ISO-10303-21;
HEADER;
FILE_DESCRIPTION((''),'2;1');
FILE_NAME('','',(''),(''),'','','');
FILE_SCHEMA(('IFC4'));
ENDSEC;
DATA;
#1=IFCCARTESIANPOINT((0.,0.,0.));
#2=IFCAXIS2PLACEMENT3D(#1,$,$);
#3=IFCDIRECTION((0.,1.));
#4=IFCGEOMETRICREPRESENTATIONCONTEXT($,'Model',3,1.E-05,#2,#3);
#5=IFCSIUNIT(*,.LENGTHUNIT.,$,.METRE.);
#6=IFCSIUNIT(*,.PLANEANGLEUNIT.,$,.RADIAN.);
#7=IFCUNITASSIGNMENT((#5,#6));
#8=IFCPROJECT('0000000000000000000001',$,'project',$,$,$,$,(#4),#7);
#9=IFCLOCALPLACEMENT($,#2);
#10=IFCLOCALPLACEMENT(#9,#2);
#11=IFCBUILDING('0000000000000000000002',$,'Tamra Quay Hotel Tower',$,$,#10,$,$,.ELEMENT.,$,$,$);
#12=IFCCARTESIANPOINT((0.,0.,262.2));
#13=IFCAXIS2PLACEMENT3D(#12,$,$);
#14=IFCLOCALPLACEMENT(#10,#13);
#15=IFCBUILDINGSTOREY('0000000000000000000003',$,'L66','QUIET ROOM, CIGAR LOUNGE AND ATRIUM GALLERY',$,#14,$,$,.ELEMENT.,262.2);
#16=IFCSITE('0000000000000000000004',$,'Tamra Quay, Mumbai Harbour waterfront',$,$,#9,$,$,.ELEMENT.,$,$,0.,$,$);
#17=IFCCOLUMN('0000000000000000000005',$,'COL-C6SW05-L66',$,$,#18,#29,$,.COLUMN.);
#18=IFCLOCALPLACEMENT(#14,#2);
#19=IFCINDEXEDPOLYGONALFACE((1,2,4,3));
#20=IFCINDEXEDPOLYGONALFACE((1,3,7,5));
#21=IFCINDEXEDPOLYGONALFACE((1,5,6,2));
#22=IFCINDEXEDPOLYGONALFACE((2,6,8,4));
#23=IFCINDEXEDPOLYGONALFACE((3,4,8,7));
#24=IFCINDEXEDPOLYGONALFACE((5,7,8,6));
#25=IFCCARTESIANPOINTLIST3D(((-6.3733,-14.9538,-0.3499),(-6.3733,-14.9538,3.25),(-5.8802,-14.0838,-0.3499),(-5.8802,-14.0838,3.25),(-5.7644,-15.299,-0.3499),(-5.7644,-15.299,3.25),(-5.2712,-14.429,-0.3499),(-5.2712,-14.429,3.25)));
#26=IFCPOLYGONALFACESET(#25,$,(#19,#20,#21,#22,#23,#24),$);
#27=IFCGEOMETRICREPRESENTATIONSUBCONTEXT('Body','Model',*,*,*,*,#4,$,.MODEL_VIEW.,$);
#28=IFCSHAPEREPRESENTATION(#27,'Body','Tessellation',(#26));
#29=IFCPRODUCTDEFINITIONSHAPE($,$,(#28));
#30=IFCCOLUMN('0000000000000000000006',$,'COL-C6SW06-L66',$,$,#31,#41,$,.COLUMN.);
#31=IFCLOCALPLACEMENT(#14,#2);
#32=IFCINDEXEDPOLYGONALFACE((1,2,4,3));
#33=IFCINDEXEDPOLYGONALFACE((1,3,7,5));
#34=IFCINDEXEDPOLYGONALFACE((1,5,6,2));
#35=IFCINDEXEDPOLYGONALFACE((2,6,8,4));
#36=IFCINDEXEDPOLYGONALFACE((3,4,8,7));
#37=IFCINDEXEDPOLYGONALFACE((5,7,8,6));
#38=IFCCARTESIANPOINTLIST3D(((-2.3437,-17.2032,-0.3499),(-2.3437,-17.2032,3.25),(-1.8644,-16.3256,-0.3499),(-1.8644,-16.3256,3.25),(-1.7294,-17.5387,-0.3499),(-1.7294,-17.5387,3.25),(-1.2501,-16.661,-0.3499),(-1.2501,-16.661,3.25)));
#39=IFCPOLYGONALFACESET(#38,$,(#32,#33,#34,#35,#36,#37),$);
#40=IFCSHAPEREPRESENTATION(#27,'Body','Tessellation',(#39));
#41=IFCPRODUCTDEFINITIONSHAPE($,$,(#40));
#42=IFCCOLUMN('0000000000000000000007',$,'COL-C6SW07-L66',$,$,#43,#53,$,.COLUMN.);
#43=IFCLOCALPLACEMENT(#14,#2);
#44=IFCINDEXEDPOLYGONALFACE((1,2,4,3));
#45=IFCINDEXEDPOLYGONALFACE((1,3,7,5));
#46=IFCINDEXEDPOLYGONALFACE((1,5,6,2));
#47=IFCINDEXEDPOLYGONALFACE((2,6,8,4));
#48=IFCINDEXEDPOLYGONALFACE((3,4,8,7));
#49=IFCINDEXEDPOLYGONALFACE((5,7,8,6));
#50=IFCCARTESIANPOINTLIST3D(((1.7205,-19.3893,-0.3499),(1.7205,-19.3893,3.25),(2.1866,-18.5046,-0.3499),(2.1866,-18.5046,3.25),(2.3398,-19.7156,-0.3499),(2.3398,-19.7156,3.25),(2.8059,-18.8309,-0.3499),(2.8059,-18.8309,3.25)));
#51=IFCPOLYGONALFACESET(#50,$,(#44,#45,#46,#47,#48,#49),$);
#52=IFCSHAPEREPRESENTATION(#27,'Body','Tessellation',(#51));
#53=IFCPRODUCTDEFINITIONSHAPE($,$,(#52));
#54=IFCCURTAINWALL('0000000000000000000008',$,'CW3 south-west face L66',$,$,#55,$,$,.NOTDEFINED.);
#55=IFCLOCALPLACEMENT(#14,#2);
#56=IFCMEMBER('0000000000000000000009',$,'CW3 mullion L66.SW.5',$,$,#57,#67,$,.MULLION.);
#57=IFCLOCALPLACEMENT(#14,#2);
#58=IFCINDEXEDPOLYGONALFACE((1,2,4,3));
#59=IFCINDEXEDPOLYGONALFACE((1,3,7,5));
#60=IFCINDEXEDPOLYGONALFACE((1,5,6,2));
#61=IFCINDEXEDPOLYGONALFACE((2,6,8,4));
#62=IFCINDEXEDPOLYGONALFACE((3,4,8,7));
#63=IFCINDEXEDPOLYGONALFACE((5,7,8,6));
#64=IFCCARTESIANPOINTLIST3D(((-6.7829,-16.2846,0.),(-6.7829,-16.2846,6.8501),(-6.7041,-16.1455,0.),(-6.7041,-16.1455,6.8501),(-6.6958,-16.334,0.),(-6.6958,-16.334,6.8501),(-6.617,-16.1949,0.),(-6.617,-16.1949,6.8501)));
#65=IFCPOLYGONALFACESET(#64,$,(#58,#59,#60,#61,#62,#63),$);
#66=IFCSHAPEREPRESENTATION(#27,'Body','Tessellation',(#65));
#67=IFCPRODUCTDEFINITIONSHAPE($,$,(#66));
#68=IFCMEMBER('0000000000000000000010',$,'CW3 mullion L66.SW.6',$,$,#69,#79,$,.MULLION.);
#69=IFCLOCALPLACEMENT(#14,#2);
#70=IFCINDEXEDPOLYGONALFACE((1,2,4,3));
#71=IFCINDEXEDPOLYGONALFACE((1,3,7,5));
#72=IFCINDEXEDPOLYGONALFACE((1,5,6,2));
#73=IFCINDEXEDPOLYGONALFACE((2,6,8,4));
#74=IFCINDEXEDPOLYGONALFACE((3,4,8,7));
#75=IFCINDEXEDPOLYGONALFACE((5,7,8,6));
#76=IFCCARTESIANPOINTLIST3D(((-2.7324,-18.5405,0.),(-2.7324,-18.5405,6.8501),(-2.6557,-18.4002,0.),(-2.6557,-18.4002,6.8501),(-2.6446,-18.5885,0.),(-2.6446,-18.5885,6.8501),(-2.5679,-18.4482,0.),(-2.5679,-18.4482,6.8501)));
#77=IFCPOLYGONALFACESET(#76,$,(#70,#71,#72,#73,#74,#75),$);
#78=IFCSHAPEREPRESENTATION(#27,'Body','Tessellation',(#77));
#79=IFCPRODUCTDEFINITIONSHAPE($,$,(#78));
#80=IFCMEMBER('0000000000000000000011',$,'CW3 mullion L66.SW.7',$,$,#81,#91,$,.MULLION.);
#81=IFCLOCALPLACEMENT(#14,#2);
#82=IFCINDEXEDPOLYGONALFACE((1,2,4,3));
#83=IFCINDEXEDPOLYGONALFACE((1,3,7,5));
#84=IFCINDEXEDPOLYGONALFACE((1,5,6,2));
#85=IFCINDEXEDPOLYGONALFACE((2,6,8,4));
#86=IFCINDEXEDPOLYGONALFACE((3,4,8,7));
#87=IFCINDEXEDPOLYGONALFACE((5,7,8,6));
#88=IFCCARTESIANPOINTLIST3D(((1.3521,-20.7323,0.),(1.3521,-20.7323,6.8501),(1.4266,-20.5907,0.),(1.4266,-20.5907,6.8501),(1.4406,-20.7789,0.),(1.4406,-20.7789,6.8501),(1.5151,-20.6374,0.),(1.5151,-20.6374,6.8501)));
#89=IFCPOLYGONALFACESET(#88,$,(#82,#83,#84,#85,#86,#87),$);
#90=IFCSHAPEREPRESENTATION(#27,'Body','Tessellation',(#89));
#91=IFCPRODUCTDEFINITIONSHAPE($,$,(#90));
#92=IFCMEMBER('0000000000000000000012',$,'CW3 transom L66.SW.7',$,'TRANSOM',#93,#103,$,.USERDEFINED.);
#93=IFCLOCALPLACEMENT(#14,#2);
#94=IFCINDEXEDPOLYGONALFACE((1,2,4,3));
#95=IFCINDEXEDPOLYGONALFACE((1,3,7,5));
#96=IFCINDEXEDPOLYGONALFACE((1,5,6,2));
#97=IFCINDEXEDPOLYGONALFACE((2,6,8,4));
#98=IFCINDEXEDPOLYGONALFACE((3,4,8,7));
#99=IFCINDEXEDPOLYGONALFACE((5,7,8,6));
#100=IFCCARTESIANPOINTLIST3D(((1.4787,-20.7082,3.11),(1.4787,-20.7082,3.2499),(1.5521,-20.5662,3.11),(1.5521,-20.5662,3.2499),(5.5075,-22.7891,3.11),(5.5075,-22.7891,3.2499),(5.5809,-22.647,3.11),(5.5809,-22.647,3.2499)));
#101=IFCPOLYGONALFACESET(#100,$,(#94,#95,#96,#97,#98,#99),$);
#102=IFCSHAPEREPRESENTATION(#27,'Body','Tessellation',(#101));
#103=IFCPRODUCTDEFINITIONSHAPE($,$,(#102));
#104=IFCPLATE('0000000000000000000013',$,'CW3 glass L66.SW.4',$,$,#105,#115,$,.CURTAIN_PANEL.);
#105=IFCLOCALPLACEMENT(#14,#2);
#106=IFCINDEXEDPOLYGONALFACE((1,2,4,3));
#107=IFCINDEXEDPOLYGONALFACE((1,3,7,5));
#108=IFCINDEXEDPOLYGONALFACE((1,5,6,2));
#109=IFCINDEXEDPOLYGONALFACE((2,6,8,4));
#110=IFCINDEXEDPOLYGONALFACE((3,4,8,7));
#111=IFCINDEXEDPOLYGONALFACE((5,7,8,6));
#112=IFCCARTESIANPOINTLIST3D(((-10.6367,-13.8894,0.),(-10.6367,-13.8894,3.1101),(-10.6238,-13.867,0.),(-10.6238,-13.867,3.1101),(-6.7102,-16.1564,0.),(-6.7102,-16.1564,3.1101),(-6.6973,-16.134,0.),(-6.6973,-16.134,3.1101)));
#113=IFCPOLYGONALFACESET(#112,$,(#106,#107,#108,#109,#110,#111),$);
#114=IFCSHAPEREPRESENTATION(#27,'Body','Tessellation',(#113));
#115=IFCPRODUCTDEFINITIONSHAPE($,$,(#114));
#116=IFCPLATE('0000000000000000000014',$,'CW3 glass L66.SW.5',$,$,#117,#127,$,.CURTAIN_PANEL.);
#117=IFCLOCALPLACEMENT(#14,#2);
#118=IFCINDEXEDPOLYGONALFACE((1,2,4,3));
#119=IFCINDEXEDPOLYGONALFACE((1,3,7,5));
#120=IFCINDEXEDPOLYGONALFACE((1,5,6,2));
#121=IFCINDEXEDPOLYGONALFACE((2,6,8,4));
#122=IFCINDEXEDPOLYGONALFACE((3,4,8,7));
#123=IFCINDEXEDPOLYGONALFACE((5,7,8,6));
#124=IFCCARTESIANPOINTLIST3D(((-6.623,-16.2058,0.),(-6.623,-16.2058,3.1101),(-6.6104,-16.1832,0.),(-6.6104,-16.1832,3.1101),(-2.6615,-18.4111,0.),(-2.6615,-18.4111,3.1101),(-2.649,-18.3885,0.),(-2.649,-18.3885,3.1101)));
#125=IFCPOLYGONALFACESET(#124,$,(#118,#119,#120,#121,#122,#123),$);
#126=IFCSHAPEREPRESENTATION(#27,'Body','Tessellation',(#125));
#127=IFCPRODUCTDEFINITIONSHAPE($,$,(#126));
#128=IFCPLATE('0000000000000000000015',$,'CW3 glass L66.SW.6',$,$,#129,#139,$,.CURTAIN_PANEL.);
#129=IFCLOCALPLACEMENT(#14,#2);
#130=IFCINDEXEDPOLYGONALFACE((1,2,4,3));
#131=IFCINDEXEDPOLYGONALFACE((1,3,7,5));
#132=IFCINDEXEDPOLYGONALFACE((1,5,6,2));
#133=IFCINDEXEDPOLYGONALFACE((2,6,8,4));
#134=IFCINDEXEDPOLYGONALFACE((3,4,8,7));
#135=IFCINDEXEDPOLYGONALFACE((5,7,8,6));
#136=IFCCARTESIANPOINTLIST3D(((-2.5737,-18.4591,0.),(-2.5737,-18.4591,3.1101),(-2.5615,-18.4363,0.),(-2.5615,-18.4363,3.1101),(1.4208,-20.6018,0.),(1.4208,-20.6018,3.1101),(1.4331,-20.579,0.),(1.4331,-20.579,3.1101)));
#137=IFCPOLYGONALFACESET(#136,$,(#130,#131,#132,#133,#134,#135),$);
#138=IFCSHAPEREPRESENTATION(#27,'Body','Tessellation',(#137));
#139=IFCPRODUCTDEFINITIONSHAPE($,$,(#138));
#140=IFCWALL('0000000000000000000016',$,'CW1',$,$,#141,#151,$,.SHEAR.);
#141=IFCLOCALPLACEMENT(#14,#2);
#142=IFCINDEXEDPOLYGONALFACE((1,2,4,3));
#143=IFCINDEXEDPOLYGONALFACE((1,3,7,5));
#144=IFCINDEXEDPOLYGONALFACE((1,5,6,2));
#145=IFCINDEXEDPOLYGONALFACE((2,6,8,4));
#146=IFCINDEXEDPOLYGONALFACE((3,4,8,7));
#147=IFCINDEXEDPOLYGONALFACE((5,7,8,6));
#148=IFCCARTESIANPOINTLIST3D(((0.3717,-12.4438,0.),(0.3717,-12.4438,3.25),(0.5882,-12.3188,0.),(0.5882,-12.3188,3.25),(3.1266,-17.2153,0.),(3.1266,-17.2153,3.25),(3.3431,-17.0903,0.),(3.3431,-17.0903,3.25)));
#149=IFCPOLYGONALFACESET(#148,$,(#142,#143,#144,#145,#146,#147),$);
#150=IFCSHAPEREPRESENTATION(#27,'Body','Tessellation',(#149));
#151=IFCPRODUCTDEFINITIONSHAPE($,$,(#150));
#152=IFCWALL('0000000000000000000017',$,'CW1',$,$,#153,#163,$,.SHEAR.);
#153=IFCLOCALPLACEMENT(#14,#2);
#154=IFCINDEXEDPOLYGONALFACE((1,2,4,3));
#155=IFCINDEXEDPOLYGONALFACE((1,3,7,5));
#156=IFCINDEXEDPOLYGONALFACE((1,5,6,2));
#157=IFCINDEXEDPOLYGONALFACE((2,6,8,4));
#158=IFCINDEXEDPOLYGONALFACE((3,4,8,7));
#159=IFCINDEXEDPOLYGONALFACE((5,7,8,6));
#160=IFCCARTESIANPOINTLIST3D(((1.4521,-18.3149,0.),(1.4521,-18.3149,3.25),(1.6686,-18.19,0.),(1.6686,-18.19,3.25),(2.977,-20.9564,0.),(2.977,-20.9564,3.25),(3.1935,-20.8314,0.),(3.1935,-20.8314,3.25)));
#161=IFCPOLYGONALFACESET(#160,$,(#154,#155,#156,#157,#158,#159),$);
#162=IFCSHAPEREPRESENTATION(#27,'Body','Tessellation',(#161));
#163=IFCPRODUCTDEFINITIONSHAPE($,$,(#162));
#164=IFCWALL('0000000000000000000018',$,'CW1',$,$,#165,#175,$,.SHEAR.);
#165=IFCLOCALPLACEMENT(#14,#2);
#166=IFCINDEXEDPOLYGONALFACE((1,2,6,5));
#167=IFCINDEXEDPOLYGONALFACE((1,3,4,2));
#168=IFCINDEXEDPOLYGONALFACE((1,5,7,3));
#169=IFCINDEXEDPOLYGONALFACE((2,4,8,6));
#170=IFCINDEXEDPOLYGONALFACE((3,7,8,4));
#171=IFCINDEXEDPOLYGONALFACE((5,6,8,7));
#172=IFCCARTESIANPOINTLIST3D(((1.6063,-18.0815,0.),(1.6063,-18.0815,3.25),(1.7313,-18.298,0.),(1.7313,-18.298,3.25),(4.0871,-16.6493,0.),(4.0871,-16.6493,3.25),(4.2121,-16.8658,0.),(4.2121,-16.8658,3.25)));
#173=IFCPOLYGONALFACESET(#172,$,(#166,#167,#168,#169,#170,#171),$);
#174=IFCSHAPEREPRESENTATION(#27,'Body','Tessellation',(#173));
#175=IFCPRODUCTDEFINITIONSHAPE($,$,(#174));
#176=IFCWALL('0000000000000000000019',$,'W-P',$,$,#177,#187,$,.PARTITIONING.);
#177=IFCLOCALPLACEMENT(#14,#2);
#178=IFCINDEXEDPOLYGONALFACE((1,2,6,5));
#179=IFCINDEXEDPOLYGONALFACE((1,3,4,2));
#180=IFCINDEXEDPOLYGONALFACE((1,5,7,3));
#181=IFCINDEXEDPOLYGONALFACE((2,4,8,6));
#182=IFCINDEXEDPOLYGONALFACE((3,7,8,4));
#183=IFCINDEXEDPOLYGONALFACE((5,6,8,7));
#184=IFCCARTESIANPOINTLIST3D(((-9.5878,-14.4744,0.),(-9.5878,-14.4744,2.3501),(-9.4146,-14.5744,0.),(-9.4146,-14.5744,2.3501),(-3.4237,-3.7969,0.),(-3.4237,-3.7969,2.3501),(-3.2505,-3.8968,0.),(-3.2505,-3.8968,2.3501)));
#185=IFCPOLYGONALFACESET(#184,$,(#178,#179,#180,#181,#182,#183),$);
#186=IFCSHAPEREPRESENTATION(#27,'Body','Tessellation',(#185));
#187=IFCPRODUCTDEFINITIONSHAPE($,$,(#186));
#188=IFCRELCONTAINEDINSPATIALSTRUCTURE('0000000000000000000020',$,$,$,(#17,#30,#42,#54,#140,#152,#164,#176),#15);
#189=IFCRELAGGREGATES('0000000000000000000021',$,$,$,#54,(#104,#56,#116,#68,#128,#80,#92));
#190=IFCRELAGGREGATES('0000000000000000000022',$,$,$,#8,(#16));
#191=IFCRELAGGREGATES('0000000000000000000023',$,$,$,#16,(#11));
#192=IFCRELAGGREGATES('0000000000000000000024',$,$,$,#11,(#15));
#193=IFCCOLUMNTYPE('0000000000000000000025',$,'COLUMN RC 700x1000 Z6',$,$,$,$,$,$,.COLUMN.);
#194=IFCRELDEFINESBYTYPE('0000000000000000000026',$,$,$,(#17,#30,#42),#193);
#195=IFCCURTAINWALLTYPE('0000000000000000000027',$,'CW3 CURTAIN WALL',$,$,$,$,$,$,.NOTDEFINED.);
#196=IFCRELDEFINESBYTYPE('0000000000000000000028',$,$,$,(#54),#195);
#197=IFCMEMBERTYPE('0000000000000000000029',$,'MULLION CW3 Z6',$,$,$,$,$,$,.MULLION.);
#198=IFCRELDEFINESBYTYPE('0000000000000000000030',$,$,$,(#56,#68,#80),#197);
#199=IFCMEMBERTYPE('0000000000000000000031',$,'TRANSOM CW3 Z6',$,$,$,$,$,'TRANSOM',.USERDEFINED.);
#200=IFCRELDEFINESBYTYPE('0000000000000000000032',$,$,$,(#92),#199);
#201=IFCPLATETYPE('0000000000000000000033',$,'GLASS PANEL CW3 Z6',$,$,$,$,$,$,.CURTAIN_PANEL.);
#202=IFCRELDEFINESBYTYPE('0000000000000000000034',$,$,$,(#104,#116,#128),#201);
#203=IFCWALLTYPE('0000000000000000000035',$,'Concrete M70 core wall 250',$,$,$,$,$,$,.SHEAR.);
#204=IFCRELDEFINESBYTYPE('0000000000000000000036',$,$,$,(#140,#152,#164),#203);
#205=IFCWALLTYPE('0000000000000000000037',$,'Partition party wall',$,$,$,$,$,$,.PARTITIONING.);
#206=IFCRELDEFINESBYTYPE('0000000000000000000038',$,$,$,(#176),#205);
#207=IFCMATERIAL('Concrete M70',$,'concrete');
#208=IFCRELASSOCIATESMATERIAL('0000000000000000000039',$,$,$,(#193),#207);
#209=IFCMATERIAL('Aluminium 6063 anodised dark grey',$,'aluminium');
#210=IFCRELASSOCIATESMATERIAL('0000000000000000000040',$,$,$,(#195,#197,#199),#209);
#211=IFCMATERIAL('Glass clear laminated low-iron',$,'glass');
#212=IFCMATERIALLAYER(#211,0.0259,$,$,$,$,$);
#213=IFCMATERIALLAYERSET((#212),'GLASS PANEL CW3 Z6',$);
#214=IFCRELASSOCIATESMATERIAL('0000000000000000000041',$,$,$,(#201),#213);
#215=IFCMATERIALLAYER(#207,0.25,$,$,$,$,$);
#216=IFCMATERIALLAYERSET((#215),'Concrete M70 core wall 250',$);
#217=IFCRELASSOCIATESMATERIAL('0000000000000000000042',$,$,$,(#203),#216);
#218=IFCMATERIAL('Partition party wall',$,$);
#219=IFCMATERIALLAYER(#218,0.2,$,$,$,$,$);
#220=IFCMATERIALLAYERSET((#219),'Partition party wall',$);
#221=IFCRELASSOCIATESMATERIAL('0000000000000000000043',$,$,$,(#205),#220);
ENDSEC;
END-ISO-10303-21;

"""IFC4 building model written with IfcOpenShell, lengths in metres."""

from ifc_helpers import new_model, si_unit, direction, frame, frame_2d, origin, origin_2d, place, context, subcontext, project, spatial, rectangle, extrude, material, layer, layer_set, material_profile, profile_set, type_object, element, aggregate, save


model = new_model("IFC4")

# Units and contexts
model_context = context("Model", 3, precision=1e-05, world=origin(), true_north=direction((0.0, 1.0)))
body_context = subcontext(model_context, "Body", "Model", "MODEL_VIEW")
ifc_project = project(units=[si_unit("LENGTHUNIT", "METRE"), si_unit("PLANEANGLEUNIT", "RADIAN")], contexts=[model_context])

# Site, building, storey
site_placement = place(None, origin())
site = spatial("IfcSite", under=ifc_project, at=site_placement, Name="Tamra Quay, Mumbai Harbour waterfront", CompositionType="ELEMENT", RefElevation=0.0)
building_placement = place(site_placement, origin())
building = spatial("IfcBuilding", under=site, at=building_placement, Name="Tamra Quay Hotel Tower", CompositionType="ELEMENT")
storey_placement = place(building_placement, frame((0.0, 0.0, 262.2)))
storey = spatial("IfcBuildingStorey", under=building, at=storey_placement, Name="L66", Description="QUIET ROOM, CIGAR LOUNGE AND ATRIUM GALLERY", CompositionType="ELEMENT", Elevation=262.2)

# Columns
ifc_material_1 = material(Name="Concrete M70", Category="concrete")
ifc_material_profile_1 = material_profile(ifc_material_1, rectangle(XDim=1.0, YDim=0.7, at=origin_2d()), Name="COLUMN RC 700x1000 Z6")
ifc_profile_set_1 = profile_set([ifc_material_profile_1], Name="Concrete M70")
column_type = type_object("IfcColumnType", Name="COLUMN RC 700x1000 Z6", PredefinedType="COLUMN", material=ifc_profile_set_1)
for number, where, z_axis, x_axis, name in (
    (1, (-5.8223, -14.6914, -0.3499), (0.0, 0.0, 1.0), (0.493125, 0.869958, 0.0), "COL-C6SW05-L66"),
    (2, (-1.7969, -16.9321, -0.3499), (0.0, 0.0, 1.0), (0.479288, 0.877658, 0.0), "COL-C6SW06-L66"),
    (3, (2.2632, -19.1101, -0.3499), (0.0, 0.0, 1.0), (0.466118, 0.884723, 0.0), "COL-C6SW07-L66"),
):
    element("IfcColumn", number, at=place(storey_placement, frame(where, z_axis=z_axis, x_axis=x_axis)), inside=storey, type_object=column_type, Name=name, PredefinedType="COLUMN", context=body_context, shape_type="SweptSolid", body=[
        extrude(rectangle(XDim=1.0, YDim=0.7, at=origin_2d()), origin(), (0.0, 0.0, 1.0), 3.5999),
    ])

# Curtain wall, members, plates
ifc_material_2 = material(Name="Aluminium 6063 anodised dark grey", Category="aluminium")
curtain_wall_type = type_object("IfcCurtainWallType", Name="CW3 CURTAIN WALL", PredefinedType="NOTDEFINED", material=ifc_material_2)
curtain_wall_placement = place(storey_placement, origin())
curtain_wall = element("IfcCurtainWall", 4, at=curtain_wall_placement, inside=storey, type_object=curtain_wall_type, Name="CW3 south-west face L66", PredefinedType="NOTDEFINED")
ifc_material_profile_2 = material_profile(ifc_material_2, rectangle(XDim=0.1599, YDim=0.1001, at=origin_2d()), Name="MULLION 100X160")
ifc_profile_set_2 = profile_set([ifc_material_profile_2], Name="Aluminium 6063 anodised dark grey")
member_type_1 = type_object("IfcMemberType", Name="MULLION CW3 Z6", PredefinedType="MULLION", material=ifc_profile_set_2)
member_1_placement = place(storey_placement, frame((-6.7, -16.2397, 0.0), z_axis=(0.0, 0.0, 1.0), x_axis=(-0.493215, -0.869907, 0.0)))
member_1 = element("IfcMember", 5, at=member_1_placement, type_object=member_type_1, Name="CW3 mullion L66.SW.5", PredefinedType="MULLION", context=body_context, shape_type="SweptSolid", body=[
    extrude(rectangle(XDim=0.1599, YDim=0.1001, at=origin_2d()), origin(), (0.0, 0.0, 1.0), 6.8501),
])
member_2_placement = place(storey_placement, frame((-2.6501, -18.4944, 0.0), z_axis=(0.0, 0.0, 1.0), x_axis=(-0.479565, -0.877506, 0.0)))
member_2 = element("IfcMember", 6, at=member_2_placement, type_object=member_type_1, Name="CW3 mullion L66.SW.6", PredefinedType="MULLION", context=body_context, shape_type="SweptSolid", body=[
    extrude(rectangle(XDim=0.1599, YDim=0.1001, at=origin_2d()), origin(), (0.0, 0.0, 1.0), 6.8501),
])
member_3_placement = place(storey_placement, frame((1.4336, -20.6848, 0.0), z_axis=(0.0, 0.0, 1.0), x_axis=(-0.465816, -0.884882, 0.0)))
member_3 = element("IfcMember", 7, at=member_3_placement, type_object=member_type_1, Name="CW3 mullion L66.SW.7", PredefinedType="MULLION", context=body_context, shape_type="SweptSolid", body=[
    extrude(rectangle(XDim=0.1599, YDim=0.1001, at=origin_2d()), origin(), (0.0, 0.0, 1.0), 6.8501),
])
ifc_material_profile_3 = material_profile(ifc_material_2, rectangle(XDim=0.1599, YDim=0.1399, at=origin_2d()), Name="TRANSOM 160X140")
ifc_profile_set_3 = profile_set([ifc_material_profile_3], Name="Aluminium 6063 anodised dark grey")
member_type_2 = type_object("IfcMemberType", Name="TRANSOM CW3 Z6", ElementType="TRANSOM", PredefinedType="USERDEFINED", material=ifc_profile_set_3)
member_4_placement = place(storey_placement, frame((1.5154, -20.6372, 3.1799), z_axis=(0.888492, -0.458891, 0.0), x_axis=(0.458891, 0.888492, 0.0)))
member_4 = element("IfcMember", 8, at=member_4_placement, type_object=member_type_2, Name="CW3 transom L66.SW.7", ObjectType="TRANSOM", PredefinedType="USERDEFINED", context=body_context, shape_type="SweptSolid", body=[
    extrude(rectangle(XDim=0.1599, YDim=0.1399, at=origin_2d()), origin(), (0.0, 0.0, 1.0), 4.5344),
])
ifc_material_3 = material(Name="Glass clear laminated low-iron", Category="glass")
ifc_layer_1 = layer(ifc_material_3, 0.0259)
ifc_layer_set_1 = layer_set([ifc_layer_1], Name="GLASS PANEL CW3 Z6")
plate_type = type_object("IfcPlateType", Name="GLASS PANEL CW3 Z6", PredefinedType="CURTAIN_PANEL", material=ifc_layer_set_1)
plate_1_placement = place(storey_placement, frame((-8.667, -15.0117, 0.0), z_axis=(0.0, 0.0, 1.0), x_axis=(0.866025, -0.5, 0.0)))
plate_1 = element("IfcPlate", 9, at=plate_1_placement, type_object=plate_type, Name="CW3 glass L66.SW.4", PredefinedType="CURTAIN_PANEL", context=body_context, shape_type="SweptSolid", body=[
    extrude(rectangle(XDim=4.5339, YDim=0.0259, at=origin_2d()), origin(), (0.0, 0.0, 1.0), 3.1101),
])
plate_2_placement = place(storey_placement, frame((-4.636, -17.2971, 0.0), z_axis=(0.0, 0.0, 1.0), x_axis=(0.873736, -0.486401, 0.0)))
plate_2 = element("IfcPlate", 10, at=plate_2_placement, type_object=plate_type, Name="CW3 glass L66.SW.5", PredefinedType="CURTAIN_PANEL", context=body_context, shape_type="SweptSolid", body=[
    extrude(rectangle(XDim=4.5339, YDim=0.0259, at=origin_2d()), origin(), (0.0, 0.0, 1.0), 3.1101),
])
plate_3_placement = place(storey_placement, frame((-0.5703, -19.519, 0.0), z_axis=(0.0, 0.0, 1.0), x_axis=(0.881224, -0.4727, 0.0)))
plate_3 = element("IfcPlate", 11, at=plate_3_placement, type_object=plate_type, Name="CW3 glass L66.SW.6", PredefinedType="CURTAIN_PANEL", context=body_context, shape_type="SweptSolid", body=[
    extrude(rectangle(XDim=4.533, YDim=0.0259, at=origin_2d()), origin(), (0.0, 0.0, 1.0), 3.1101),
])
aggregate(curtain_wall, [plate_1, member_1, plate_2, member_2, plate_3, member_3, member_4])

# Walls
ifc_layer_2 = layer(ifc_material_1, 0.25)
ifc_layer_set_2 = layer_set([ifc_layer_2], Name="Concrete M70 core wall 250")
wall_type_1 = type_object("IfcWallType", Name="Concrete M70 core wall 250", PredefinedType="SHEAR", material=ifc_layer_set_2)
wall_1_placement = place(storey_placement, frame((3.2349, -17.1528, 0.0), z_axis=(0.0, 0.0, 1.0), x_axis=(-0.500009, 0.86602, 0.0)))
element("IfcWall", 12, at=wall_1_placement, inside=storey, type_object=wall_type_1, Name="CW1", PredefinedType="SHEAR", context=body_context, shape_type="SweptSolid", body=[
    extrude(rectangle(XDim=5.5098, YDim=0.25, at=frame_2d((2.7549, 0.0))), origin(), (0.0, 0.0, 1.0), 3.25),
])
wall_2_placement = place(storey_placement, frame((3.0852, -20.8938, 0.0), z_axis=(0.0, 0.0, 1.0), x_axis=(-0.499979, 0.866038, 0.0)))
element("IfcWall", 13, at=wall_2_placement, inside=storey, type_object=wall_type_1, Name="CW1", PredefinedType="SHEAR", context=body_context, shape_type="SweptSolid", body=[
    extrude(rectangle(XDim=3.05, YDim=0.25, at=frame_2d((1.5249, 0.0))), origin(), (0.0, 0.0, 1.0), 3.25),
])
wall_3_placement = place(storey_placement, frame((1.6689, -18.1897, 0.0), z_axis=(0.0, 0.0, 1.0), x_axis=(0.866042, 0.499971, 0.0)))
element("IfcWall", 14, at=wall_3_placement, inside=storey, type_object=wall_type_1, Name="CW1", PredefinedType="SHEAR", context=body_context, shape_type="SweptSolid", body=[
    extrude(rectangle(XDim=2.8645, YDim=0.25, at=frame_2d((1.4321, 0.0))), origin(), (0.0, 0.0, 1.0), 3.25),
])
ifc_material_4 = material(Name="Partition party wall")
ifc_layer_3 = layer(ifc_material_4, 0.2)
ifc_layer_set_3 = layer_set([ifc_layer_3], Name="Partition party wall")
wall_type_2 = type_object("IfcWallType", Name="Partition party wall", PredefinedType="PARTITIONING", material=ifc_layer_set_3)
wall_4_placement = place(storey_placement, frame((-9.5012, -14.5244, 0.0), z_axis=(0.0, 0.0, 1.0), x_axis=(0.499964, 0.866046, 0.0)))
element("IfcWall", 15, at=wall_4_placement, inside=storey, type_object=wall_type_2, Name="W-P", PredefinedType="PARTITIONING", context=body_context, shape_type="SweptSolid", body=[
    extrude(rectangle(XDim=12.3291, YDim=0.2, at=frame_2d((6.1646, 0.0))), origin(), (0.0, 0.0, 1.0), 2.3501),
])

save(model, "model.ifc")
